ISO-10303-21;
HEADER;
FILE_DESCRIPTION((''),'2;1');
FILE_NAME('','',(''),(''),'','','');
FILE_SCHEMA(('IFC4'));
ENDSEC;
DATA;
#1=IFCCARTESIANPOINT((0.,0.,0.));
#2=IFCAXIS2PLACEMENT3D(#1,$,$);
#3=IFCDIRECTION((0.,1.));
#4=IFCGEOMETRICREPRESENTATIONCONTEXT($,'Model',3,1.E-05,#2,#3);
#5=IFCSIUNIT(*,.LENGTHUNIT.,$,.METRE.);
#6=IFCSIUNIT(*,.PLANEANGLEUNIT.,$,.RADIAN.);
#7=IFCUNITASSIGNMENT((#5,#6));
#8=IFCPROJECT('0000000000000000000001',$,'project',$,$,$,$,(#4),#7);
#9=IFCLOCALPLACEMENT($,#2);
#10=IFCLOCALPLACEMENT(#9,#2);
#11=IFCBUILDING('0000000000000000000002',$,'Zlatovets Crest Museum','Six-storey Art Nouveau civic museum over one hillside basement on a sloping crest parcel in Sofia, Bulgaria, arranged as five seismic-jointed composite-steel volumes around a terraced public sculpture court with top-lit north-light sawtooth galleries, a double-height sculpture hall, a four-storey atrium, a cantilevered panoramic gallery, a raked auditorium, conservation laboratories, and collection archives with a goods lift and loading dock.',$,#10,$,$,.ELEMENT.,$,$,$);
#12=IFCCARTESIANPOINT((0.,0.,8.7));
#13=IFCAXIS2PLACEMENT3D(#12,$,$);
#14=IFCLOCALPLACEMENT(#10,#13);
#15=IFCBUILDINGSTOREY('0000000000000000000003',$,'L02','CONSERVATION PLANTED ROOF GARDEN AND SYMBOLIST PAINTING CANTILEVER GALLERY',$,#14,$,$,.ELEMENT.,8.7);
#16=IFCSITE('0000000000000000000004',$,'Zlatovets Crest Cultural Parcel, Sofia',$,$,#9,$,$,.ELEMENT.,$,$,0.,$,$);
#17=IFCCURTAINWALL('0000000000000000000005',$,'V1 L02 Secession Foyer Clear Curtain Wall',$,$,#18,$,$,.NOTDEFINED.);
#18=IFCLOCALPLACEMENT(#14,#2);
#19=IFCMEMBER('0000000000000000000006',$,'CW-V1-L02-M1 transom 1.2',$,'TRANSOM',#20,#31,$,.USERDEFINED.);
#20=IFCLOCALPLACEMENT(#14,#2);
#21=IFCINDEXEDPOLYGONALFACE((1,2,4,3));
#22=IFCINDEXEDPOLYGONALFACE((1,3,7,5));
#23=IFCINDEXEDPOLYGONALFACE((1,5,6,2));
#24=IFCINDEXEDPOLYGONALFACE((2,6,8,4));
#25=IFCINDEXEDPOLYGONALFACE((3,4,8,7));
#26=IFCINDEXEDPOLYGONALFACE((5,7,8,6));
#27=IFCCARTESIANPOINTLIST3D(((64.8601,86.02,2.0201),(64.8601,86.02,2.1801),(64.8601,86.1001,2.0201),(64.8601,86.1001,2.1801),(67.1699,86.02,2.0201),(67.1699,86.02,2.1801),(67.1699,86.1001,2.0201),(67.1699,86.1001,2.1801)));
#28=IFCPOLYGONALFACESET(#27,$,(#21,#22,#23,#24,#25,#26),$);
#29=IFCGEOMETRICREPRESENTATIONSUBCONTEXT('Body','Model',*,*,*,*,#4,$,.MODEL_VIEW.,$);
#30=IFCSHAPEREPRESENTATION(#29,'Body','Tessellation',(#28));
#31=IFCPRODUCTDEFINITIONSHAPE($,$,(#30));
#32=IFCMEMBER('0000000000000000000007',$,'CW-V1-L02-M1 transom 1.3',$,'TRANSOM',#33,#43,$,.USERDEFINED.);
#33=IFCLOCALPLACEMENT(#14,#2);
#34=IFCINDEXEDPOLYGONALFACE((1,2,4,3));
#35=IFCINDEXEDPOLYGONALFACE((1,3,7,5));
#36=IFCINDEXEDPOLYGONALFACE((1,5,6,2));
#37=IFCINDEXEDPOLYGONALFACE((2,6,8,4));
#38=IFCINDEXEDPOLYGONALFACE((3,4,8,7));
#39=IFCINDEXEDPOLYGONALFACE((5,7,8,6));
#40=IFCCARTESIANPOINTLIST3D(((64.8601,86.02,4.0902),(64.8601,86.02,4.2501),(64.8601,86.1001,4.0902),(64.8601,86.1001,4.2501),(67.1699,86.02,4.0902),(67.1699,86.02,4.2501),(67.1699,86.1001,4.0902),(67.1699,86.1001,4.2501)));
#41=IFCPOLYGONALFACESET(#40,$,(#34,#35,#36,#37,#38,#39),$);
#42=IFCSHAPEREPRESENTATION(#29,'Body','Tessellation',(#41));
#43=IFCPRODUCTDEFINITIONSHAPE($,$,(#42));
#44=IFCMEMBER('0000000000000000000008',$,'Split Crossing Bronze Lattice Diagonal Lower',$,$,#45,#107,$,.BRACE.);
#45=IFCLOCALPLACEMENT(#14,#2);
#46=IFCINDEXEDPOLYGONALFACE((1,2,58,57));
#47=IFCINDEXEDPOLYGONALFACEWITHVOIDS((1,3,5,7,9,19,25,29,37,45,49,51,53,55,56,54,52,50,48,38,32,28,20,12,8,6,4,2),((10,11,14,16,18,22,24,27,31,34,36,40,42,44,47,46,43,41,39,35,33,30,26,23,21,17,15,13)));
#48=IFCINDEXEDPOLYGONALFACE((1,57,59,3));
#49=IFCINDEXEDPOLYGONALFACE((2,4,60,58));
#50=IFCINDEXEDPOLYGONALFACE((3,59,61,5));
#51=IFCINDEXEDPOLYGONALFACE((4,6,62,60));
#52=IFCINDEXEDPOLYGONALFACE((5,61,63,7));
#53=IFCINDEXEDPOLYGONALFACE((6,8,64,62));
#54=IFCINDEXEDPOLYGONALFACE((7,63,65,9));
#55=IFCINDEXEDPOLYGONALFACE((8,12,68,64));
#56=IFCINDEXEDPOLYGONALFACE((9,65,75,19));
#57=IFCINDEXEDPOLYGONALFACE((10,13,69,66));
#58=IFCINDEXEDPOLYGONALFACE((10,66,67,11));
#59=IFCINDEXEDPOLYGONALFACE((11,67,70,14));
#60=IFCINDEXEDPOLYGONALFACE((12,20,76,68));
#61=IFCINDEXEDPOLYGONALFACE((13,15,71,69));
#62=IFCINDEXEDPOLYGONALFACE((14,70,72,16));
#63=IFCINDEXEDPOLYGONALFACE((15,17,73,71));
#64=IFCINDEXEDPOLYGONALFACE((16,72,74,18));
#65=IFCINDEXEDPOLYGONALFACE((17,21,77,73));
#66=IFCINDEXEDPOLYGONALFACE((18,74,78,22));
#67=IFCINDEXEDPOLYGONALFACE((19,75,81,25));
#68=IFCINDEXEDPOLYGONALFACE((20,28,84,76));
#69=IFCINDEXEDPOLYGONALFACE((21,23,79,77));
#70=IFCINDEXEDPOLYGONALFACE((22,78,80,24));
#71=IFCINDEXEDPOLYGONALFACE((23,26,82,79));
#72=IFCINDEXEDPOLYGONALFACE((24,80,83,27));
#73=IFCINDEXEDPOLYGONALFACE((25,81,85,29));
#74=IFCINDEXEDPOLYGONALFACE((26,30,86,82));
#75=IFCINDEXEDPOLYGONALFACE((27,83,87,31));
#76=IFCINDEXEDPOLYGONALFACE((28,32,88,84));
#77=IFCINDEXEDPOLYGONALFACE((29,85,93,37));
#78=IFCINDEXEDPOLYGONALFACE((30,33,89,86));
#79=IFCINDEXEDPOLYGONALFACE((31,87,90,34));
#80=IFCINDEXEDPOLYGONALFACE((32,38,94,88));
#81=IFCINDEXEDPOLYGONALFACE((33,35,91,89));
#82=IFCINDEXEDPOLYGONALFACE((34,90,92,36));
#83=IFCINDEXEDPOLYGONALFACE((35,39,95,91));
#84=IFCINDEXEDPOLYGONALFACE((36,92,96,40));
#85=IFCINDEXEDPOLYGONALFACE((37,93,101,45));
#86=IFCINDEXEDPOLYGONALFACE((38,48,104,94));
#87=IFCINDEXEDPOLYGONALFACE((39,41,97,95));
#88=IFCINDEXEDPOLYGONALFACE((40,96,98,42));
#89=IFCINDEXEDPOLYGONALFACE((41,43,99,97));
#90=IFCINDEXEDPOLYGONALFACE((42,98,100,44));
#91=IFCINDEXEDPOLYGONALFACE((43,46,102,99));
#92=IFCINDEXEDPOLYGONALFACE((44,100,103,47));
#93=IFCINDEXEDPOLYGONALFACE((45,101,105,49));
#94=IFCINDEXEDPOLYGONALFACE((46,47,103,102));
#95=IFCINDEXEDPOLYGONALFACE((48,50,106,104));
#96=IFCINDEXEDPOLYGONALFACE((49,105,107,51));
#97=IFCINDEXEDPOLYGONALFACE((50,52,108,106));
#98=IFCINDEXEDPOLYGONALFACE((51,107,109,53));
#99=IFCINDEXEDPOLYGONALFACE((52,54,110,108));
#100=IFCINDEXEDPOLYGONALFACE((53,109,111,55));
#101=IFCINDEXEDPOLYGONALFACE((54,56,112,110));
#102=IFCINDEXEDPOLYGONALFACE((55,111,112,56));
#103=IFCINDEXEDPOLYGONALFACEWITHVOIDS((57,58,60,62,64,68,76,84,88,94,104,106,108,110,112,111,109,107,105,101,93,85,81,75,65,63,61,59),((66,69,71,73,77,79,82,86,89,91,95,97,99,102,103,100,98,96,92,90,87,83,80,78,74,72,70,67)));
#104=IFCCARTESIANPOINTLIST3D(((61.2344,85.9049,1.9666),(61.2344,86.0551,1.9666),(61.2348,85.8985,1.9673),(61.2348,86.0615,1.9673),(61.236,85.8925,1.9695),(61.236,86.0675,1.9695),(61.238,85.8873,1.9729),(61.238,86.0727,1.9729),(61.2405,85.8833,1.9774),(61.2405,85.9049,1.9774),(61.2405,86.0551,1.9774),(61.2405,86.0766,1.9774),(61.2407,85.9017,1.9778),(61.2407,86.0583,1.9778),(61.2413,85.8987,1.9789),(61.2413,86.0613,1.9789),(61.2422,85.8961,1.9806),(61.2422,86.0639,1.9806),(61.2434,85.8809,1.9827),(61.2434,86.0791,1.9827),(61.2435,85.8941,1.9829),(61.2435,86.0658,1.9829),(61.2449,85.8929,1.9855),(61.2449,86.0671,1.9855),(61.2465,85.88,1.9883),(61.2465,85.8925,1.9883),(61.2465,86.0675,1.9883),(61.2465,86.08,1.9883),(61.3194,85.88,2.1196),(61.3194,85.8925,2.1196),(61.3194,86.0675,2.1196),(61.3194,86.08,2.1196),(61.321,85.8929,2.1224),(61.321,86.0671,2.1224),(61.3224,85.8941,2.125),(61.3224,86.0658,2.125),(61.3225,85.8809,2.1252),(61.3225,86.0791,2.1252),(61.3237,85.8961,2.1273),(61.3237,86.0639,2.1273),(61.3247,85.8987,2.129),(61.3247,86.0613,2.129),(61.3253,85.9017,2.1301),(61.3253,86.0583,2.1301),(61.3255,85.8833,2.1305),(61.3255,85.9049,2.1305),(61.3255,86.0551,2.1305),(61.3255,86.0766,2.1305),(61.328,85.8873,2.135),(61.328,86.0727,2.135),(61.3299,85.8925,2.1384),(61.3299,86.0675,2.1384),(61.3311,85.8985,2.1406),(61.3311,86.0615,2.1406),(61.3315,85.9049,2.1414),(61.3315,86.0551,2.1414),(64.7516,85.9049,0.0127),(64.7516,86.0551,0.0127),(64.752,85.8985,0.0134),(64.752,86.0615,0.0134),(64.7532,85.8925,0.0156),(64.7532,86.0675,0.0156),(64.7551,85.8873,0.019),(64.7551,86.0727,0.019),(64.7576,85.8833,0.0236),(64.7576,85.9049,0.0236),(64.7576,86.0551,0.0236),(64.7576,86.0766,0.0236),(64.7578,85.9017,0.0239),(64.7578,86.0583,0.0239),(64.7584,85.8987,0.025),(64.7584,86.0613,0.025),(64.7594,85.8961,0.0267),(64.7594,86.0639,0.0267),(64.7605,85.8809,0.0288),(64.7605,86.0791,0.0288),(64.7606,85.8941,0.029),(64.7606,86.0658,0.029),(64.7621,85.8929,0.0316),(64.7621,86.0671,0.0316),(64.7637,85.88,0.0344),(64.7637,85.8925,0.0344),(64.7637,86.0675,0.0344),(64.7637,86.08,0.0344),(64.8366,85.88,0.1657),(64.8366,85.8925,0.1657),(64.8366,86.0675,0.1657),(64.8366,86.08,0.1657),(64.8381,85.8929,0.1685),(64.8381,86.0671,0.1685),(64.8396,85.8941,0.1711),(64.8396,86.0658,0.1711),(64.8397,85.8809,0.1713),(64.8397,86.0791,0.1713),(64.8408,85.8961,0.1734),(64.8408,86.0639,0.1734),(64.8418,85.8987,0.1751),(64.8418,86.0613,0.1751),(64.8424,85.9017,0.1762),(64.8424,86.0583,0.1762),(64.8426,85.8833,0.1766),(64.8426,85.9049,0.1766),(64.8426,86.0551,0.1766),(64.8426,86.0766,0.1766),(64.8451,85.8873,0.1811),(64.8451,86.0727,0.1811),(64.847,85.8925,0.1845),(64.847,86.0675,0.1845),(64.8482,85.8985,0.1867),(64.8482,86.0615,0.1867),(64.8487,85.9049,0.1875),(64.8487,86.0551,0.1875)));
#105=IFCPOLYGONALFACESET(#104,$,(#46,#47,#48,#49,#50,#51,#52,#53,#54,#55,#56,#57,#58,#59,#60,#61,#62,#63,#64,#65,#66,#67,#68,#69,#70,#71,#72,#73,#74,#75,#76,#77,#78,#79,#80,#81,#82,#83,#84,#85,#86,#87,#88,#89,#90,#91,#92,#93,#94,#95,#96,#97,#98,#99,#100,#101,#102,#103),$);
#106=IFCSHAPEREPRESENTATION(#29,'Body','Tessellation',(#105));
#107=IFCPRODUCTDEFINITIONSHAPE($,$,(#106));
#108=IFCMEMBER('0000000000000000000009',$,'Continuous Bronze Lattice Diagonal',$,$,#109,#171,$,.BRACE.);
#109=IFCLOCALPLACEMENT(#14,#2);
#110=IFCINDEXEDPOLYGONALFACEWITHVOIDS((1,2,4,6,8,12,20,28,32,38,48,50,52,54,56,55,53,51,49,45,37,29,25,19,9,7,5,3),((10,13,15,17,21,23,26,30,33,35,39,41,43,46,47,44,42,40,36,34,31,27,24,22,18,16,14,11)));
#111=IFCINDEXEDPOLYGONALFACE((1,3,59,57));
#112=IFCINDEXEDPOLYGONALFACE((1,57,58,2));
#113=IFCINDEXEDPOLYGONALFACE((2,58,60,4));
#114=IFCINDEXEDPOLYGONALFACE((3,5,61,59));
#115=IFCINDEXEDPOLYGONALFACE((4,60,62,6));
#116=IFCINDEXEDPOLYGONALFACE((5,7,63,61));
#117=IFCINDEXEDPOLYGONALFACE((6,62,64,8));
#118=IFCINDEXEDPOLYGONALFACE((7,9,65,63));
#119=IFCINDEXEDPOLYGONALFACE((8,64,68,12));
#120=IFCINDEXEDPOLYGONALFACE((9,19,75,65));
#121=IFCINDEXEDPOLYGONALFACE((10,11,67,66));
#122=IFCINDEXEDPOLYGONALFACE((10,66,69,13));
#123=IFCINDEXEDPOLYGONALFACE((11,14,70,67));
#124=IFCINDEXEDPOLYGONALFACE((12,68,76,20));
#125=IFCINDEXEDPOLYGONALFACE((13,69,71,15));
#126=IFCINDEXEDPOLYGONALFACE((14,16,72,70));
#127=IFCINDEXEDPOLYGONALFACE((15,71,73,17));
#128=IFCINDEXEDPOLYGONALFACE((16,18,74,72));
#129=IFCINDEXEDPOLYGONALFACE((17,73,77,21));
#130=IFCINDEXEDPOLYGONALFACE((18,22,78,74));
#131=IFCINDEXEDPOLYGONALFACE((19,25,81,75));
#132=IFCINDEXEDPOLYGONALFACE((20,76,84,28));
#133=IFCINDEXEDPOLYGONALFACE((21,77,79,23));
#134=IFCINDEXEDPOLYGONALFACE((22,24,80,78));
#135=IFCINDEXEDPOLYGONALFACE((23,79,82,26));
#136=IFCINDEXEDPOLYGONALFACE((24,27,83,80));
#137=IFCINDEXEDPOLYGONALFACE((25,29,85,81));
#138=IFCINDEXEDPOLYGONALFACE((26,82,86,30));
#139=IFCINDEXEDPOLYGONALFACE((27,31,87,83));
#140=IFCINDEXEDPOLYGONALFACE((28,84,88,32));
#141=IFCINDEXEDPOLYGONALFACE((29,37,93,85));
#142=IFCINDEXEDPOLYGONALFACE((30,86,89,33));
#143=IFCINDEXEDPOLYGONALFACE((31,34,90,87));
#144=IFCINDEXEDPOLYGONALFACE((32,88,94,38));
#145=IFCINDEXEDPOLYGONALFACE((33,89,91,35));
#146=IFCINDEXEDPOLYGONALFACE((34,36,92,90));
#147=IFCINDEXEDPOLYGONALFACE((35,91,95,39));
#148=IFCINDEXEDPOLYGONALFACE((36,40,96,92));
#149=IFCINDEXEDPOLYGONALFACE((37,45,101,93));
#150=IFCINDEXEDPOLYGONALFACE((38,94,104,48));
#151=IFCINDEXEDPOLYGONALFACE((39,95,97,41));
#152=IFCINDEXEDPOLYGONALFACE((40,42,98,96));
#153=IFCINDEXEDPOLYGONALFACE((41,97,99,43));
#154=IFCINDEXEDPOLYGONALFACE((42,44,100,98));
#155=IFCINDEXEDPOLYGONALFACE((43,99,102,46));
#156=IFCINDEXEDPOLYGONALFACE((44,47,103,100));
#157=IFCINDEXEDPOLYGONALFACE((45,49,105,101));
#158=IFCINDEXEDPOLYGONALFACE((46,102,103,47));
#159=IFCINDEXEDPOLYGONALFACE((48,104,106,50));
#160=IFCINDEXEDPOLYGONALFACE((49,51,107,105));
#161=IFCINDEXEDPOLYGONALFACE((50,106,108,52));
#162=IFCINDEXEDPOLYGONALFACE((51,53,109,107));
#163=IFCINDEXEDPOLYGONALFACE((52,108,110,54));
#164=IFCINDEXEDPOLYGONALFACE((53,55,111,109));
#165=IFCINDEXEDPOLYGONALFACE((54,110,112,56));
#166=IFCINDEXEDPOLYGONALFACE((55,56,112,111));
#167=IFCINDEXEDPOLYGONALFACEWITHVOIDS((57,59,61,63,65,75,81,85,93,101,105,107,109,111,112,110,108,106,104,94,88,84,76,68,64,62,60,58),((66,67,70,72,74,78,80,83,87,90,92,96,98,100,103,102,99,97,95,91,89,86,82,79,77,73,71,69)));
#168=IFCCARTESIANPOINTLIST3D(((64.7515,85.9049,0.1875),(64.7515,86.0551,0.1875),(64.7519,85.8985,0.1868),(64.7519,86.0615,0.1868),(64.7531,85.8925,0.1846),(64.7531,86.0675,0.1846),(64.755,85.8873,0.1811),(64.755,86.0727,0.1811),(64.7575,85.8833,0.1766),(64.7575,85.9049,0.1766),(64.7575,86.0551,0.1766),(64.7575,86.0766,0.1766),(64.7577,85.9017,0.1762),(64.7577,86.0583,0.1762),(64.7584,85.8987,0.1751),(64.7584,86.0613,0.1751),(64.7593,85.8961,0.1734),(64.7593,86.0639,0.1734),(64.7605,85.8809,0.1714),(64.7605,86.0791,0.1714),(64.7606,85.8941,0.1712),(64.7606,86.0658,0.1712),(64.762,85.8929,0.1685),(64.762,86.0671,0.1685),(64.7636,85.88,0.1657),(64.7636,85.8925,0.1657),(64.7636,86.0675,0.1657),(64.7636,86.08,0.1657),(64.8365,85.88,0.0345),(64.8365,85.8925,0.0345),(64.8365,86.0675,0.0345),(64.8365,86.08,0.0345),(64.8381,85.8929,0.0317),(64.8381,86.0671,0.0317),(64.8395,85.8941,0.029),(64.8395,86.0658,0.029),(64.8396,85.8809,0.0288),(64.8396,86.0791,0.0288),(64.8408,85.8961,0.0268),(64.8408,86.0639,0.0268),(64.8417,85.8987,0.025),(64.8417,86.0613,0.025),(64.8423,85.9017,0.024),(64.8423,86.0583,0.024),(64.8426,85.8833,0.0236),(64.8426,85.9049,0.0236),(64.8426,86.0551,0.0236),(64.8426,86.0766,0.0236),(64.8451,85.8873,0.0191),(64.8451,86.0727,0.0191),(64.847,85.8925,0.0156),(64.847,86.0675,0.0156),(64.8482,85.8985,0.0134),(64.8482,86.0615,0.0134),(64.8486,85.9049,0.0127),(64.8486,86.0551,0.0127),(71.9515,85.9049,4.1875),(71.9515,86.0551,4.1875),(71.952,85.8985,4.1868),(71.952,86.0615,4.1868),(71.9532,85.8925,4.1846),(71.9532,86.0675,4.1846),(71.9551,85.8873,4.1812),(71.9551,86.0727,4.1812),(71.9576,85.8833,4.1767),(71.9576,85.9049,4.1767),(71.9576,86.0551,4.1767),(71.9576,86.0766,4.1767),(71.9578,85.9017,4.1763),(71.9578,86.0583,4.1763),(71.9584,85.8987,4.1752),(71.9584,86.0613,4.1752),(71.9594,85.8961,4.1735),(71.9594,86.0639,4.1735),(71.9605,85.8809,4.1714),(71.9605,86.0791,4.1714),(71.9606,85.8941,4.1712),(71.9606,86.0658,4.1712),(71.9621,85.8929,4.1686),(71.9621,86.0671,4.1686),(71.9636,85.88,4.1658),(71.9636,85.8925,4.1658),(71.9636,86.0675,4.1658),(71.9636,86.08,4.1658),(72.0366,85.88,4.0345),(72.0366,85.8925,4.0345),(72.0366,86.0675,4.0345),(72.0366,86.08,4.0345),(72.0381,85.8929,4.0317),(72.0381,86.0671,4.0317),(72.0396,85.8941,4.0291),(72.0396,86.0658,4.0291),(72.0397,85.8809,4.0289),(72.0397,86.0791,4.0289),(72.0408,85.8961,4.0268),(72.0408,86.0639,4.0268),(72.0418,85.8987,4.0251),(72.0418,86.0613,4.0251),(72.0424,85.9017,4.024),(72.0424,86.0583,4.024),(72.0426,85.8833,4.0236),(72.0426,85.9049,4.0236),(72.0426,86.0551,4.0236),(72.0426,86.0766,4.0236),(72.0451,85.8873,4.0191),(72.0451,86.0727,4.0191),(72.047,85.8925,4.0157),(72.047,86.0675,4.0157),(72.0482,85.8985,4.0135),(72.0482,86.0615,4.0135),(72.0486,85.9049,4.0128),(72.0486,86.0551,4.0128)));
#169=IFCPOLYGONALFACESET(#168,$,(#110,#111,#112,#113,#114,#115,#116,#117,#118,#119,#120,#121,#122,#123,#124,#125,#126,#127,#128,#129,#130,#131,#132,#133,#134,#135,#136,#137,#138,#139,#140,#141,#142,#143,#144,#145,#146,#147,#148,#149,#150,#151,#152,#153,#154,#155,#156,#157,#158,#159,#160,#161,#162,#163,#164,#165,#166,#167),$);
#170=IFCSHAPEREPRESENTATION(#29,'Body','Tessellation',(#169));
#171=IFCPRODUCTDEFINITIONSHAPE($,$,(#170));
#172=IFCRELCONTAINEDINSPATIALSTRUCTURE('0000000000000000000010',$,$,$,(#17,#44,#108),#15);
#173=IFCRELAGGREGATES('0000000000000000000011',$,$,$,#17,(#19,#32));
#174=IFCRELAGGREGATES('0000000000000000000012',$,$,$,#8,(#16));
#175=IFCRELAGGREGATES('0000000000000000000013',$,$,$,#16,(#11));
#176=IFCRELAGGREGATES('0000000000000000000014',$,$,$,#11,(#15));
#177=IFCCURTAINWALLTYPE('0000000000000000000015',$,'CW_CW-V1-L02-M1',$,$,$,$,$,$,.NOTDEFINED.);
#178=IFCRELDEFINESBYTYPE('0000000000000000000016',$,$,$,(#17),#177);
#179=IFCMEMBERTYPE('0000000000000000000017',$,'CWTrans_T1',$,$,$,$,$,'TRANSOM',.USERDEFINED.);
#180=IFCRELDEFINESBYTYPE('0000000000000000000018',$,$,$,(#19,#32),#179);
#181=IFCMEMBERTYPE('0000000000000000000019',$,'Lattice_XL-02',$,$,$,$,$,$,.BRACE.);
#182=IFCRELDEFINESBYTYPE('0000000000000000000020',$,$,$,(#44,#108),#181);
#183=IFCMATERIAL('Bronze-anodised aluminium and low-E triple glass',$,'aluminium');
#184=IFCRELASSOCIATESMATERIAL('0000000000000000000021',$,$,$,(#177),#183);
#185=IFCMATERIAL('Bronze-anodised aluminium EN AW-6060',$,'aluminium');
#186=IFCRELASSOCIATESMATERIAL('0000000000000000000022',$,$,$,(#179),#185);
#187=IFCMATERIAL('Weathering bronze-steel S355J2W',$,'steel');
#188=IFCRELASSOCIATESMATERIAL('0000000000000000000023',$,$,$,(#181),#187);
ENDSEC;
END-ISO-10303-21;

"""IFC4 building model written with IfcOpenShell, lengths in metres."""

from ifc_helpers import new_model, si_unit, direction, frame, origin, origin_2d, place, context, subcontext, project, spatial, rectangle, hollow_rectangle, extrude, material, material_profile, profile_set, type_object, element, aggregate, save


model = new_model("IFC4")

# Units and contexts
model_context = context("Model", 3, precision=1e-05, world=origin(), true_north=direction((0.0, 1.0)))
body_context = subcontext(model_context, "Body", "Model", "MODEL_VIEW")
ifc_project = project(units=[si_unit("LENGTHUNIT", "METRE"), si_unit("PLANEANGLEUNIT", "RADIAN")], contexts=[model_context])

# Site, building, storey
site_placement = place(None, origin())
site = spatial("IfcSite", under=ifc_project, at=site_placement, Name="Zlatovets Crest Cultural Parcel, Sofia", CompositionType="ELEMENT", RefElevation=0.0)
building_placement = place(site_placement, origin())
building = spatial("IfcBuilding", under=site, at=building_placement, Name="Zlatovets Crest Museum", Description="Six-storey Art Nouveau civic museum over one hillside basement on a sloping crest parcel in Sofia, Bulgaria, arranged as five seismic-jointed composite-steel volumes around a terraced public sculpture court with top-lit north-light sawtooth galleries, a double-height sculpture hall, a four-storey atrium, a cantilevered panoramic gallery, a raked auditorium, conservation laboratories, and collection archives with a goods lift and loading dock.", CompositionType="ELEMENT")
storey_placement = place(building_placement, frame((0.0, 0.0, 8.7)))
storey = spatial("IfcBuildingStorey", under=building, at=storey_placement, Name="L02", Description="CONSERVATION PLANTED ROOF GARDEN AND SYMBOLIST PAINTING CANTILEVER GALLERY", CompositionType="ELEMENT", Elevation=8.7)

# Shared definitions
ifc_material_1 = material(Name="Bronze-anodised aluminium and low-E triple glass", Category="aluminium")
ifc_material_2 = material(Name="Bronze-anodised aluminium EN AW-6060", Category="aluminium")

# Curtain wall
curtain_wall_type_1 = type_object("IfcCurtainWallType", Name="CW_CW-V1-L02-M1", PredefinedType="NOTDEFINED", material=ifc_material_1)
curtain_wall_1_placement = place(storey_placement, origin())
curtain_wall_1 = element("IfcCurtainWall", 1, at=curtain_wall_1_placement, inside=storey, type_object=curtain_wall_type_1, Name="V1 L02 Secession Foyer Clear Curtain Wall", PredefinedType="NOTDEFINED")

# Members
ifc_material_profile_1 = material_profile(ifc_material_2, rectangle(XDim=0.0801, YDim=0.1599, at=origin_2d()), Name="ALU 80x160")
ifc_profile_set_1 = profile_set([ifc_material_profile_1], Name="Bronze-anodised aluminium EN AW-6060")
member_type_1 = type_object("IfcMemberType", Name="CWTrans_T1", ElementType="TRANSOM", PredefinedType="USERDEFINED", material=ifc_profile_set_1)
member_1_placement = place(storey_placement, frame((64.8601, 86.0601, 2.1001), z_axis=(1.0, 0.0, 0.0), x_axis=(0.0, 1.0, 0.0)))
member_1 = element("IfcMember", 2, at=member_1_placement, type_object=member_type_1, Name="CW-V1-L02-M1 transom 1.2", ObjectType="TRANSOM", PredefinedType="USERDEFINED", context=body_context, shape_type="SweptSolid", body=[
    extrude(rectangle(XDim=0.0801, YDim=0.1599, at=origin_2d()), origin(), (0.0, 0.0, 1.0), 2.3098),
])
member_2_placement = place(storey_placement, frame((64.8601, 86.0601, 4.1702), z_axis=(1.0, 0.0, 0.0), x_axis=(0.0, 1.0, 0.0)))
member_2 = element("IfcMember", 3, at=member_2_placement, type_object=member_type_1, Name="CW-V1-L02-M1 transom 1.3", ObjectType="TRANSOM", PredefinedType="USERDEFINED", context=body_context, shape_type="SweptSolid", body=[
    extrude(rectangle(XDim=0.0801, YDim=0.1599, at=origin_2d()), origin(), (0.0, 0.0, 1.0), 2.3098),
])

# Members
ifc_material_3 = material(Name="Weathering bronze-steel S355J2W", Category="steel")
ifc_material_profile_2 = material_profile(ifc_material_3, hollow_rectangle(XDim=0.2, YDim=0.2, WallThickness=0.0125, InnerFilletRadius=0.0125, OuterFilletRadius=0.0249, at=origin_2d()), Name="SHS 200x200x12.5")
ifc_profile_set_2 = profile_set([ifc_material_profile_2], Name="Weathering bronze-steel S355J2W")
member_type_2 = type_object("IfcMemberType", Name="Lattice_XL-02", PredefinedType="BRACE", material=ifc_profile_set_2)
member_3_placement = place(storey_placement, frame((61.283, 85.98, 2.054), z_axis=(0.874166, 0.0, -0.485627), x_axis=(0.0, 1.0, 0.0)))
element("IfcMember", 4, at=member_3_placement, inside=storey, type_object=member_type_2, Name="Split Crossing Bronze Lattice Diagonal Lower", PredefinedType="BRACE", context=body_context, shape_type="SweptSolid", body=[
    extrude(hollow_rectangle(XDim=0.2, YDim=0.2, WallThickness=0.0125, InnerFilletRadius=0.0125, OuterFilletRadius=0.0249, at=origin_2d()), origin(), (0.0, 0.0, 1.0), 4.0234),
])
member_4_placement = place(storey_placement, frame((64.8, 85.98, 0.1001), z_axis=(0.874156, 0.0, 0.485645), x_axis=(0.0, 1.0, 0.0)))
element("IfcMember", 5, at=member_4_placement, inside=storey, type_object=member_type_2, Name="Continuous Bronze Lattice Diagonal", PredefinedType="BRACE", context=body_context, shape_type="SweptSolid", body=[
    extrude(hollow_rectangle(XDim=0.2, YDim=0.2, WallThickness=0.0125, InnerFilletRadius=0.0125, OuterFilletRadius=0.0249, at=origin_2d()), origin(), (0.0, 0.0, 1.0), 8.2366),
])

aggregate(curtain_wall_1, [member_1, member_2])

save(model, "model.ifc")
